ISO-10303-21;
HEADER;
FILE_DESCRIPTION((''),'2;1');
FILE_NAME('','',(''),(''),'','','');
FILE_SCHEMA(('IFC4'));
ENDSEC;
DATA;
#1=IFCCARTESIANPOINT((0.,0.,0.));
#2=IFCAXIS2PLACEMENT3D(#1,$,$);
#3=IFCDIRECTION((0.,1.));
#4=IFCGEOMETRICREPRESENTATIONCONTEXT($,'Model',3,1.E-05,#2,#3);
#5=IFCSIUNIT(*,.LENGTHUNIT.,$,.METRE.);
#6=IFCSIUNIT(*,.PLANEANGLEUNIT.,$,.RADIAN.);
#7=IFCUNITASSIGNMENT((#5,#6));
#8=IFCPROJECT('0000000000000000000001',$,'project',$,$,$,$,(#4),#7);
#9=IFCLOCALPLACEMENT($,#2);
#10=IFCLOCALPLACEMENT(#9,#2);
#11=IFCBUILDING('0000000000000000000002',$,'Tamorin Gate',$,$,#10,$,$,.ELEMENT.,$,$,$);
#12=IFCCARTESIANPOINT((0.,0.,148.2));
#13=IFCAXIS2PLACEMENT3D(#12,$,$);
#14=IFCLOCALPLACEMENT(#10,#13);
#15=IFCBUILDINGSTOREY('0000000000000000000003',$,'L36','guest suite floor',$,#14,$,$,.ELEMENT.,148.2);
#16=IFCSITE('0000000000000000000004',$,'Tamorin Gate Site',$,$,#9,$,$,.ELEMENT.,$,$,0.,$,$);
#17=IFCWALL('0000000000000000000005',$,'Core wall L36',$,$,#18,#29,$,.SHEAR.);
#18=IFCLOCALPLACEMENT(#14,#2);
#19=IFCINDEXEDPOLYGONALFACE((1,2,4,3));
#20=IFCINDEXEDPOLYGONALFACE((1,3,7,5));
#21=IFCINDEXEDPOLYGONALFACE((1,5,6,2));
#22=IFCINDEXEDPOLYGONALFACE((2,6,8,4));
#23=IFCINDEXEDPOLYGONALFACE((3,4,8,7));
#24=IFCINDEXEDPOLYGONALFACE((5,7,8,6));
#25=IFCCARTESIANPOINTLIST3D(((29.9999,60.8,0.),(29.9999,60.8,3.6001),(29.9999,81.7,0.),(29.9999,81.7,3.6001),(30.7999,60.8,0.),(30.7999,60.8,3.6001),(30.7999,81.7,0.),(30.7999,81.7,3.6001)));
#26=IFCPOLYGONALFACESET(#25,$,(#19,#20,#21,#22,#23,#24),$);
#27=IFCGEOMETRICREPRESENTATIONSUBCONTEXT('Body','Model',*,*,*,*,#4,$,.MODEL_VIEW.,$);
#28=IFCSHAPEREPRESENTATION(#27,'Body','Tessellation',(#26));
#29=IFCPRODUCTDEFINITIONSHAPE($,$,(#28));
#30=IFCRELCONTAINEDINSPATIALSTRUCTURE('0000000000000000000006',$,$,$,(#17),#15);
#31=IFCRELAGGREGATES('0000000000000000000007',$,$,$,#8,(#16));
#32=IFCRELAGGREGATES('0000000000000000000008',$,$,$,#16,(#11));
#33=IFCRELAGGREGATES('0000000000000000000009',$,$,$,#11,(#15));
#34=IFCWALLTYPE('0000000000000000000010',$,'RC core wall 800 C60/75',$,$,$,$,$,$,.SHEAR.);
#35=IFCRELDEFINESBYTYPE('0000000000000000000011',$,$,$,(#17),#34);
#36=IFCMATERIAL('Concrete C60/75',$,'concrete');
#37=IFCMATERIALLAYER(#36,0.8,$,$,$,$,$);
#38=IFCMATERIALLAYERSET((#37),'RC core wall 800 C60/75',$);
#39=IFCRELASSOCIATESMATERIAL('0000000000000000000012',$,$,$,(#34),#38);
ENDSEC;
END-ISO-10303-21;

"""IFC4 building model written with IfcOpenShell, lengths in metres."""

from ifc_helpers import new_model, si_unit, direction, frame, frame_2d, origin, place, context, subcontext, project, spatial, rectangle, extrude, material, layer, layer_set, type_object, element, save


model = new_model("IFC4")

# Units and contexts
model_context = context("Model", 3, precision=1e-05, world=origin(), true_north=direction((0.0, 1.0)))
body_context = subcontext(model_context, "Body", "Model", "MODEL_VIEW")
ifc_project = project(units=[si_unit("LENGTHUNIT", "METRE"), si_unit("PLANEANGLEUNIT", "RADIAN")], contexts=[model_context])

# Site, building, storey
site_placement = place(None, origin())
site = spatial("IfcSite", under=ifc_project, at=site_placement, Name="Tamorin Gate Site", CompositionType="ELEMENT", RefElevation=0.0)
building_placement = place(site_placement, origin())
building = spatial("IfcBuilding", under=site, at=building_placement, Name="Tamorin Gate", CompositionType="ELEMENT")
storey_placement = place(building_placement, frame((0.0, 0.0, 148.2)))
storey = spatial("IfcBuildingStorey", under=building, at=storey_placement, Name="L36", Description="guest suite floor", CompositionType="ELEMENT", Elevation=148.2)

# Shared definitions
ifc_material_1 = material(Name="Concrete C60/75", Category="concrete")

# Shared definitions
ifc_layer_1 = layer(ifc_material_1, 0.8)
ifc_layer_set_1 = layer_set([ifc_layer_1], Name="RC core wall 800 C60/75")
wall_type_1 = type_object("IfcWallType", Name="RC core wall 800 C60/75", PredefinedType="SHEAR", material=ifc_layer_set_1)

# Wall
wall_1_placement = place(storey_placement, frame((30.3999, 60.8, 0.0), z_axis=(0.0, 0.0, 1.0), x_axis=(0.0, 1.0, 0.0)))
element("IfcWall", 1, at=wall_1_placement, inside=storey, type_object=wall_type_1, Name="Core wall L36", PredefinedType="SHEAR", context=body_context, shape_type="SweptSolid", body=[
    extrude(rectangle(XDim=20.8999, YDim=0.8, at=frame_2d((10.45, 0.0))), origin(), (0.0, 0.0, 1.0), 3.6001),
])

save(model, "model.ifc")
